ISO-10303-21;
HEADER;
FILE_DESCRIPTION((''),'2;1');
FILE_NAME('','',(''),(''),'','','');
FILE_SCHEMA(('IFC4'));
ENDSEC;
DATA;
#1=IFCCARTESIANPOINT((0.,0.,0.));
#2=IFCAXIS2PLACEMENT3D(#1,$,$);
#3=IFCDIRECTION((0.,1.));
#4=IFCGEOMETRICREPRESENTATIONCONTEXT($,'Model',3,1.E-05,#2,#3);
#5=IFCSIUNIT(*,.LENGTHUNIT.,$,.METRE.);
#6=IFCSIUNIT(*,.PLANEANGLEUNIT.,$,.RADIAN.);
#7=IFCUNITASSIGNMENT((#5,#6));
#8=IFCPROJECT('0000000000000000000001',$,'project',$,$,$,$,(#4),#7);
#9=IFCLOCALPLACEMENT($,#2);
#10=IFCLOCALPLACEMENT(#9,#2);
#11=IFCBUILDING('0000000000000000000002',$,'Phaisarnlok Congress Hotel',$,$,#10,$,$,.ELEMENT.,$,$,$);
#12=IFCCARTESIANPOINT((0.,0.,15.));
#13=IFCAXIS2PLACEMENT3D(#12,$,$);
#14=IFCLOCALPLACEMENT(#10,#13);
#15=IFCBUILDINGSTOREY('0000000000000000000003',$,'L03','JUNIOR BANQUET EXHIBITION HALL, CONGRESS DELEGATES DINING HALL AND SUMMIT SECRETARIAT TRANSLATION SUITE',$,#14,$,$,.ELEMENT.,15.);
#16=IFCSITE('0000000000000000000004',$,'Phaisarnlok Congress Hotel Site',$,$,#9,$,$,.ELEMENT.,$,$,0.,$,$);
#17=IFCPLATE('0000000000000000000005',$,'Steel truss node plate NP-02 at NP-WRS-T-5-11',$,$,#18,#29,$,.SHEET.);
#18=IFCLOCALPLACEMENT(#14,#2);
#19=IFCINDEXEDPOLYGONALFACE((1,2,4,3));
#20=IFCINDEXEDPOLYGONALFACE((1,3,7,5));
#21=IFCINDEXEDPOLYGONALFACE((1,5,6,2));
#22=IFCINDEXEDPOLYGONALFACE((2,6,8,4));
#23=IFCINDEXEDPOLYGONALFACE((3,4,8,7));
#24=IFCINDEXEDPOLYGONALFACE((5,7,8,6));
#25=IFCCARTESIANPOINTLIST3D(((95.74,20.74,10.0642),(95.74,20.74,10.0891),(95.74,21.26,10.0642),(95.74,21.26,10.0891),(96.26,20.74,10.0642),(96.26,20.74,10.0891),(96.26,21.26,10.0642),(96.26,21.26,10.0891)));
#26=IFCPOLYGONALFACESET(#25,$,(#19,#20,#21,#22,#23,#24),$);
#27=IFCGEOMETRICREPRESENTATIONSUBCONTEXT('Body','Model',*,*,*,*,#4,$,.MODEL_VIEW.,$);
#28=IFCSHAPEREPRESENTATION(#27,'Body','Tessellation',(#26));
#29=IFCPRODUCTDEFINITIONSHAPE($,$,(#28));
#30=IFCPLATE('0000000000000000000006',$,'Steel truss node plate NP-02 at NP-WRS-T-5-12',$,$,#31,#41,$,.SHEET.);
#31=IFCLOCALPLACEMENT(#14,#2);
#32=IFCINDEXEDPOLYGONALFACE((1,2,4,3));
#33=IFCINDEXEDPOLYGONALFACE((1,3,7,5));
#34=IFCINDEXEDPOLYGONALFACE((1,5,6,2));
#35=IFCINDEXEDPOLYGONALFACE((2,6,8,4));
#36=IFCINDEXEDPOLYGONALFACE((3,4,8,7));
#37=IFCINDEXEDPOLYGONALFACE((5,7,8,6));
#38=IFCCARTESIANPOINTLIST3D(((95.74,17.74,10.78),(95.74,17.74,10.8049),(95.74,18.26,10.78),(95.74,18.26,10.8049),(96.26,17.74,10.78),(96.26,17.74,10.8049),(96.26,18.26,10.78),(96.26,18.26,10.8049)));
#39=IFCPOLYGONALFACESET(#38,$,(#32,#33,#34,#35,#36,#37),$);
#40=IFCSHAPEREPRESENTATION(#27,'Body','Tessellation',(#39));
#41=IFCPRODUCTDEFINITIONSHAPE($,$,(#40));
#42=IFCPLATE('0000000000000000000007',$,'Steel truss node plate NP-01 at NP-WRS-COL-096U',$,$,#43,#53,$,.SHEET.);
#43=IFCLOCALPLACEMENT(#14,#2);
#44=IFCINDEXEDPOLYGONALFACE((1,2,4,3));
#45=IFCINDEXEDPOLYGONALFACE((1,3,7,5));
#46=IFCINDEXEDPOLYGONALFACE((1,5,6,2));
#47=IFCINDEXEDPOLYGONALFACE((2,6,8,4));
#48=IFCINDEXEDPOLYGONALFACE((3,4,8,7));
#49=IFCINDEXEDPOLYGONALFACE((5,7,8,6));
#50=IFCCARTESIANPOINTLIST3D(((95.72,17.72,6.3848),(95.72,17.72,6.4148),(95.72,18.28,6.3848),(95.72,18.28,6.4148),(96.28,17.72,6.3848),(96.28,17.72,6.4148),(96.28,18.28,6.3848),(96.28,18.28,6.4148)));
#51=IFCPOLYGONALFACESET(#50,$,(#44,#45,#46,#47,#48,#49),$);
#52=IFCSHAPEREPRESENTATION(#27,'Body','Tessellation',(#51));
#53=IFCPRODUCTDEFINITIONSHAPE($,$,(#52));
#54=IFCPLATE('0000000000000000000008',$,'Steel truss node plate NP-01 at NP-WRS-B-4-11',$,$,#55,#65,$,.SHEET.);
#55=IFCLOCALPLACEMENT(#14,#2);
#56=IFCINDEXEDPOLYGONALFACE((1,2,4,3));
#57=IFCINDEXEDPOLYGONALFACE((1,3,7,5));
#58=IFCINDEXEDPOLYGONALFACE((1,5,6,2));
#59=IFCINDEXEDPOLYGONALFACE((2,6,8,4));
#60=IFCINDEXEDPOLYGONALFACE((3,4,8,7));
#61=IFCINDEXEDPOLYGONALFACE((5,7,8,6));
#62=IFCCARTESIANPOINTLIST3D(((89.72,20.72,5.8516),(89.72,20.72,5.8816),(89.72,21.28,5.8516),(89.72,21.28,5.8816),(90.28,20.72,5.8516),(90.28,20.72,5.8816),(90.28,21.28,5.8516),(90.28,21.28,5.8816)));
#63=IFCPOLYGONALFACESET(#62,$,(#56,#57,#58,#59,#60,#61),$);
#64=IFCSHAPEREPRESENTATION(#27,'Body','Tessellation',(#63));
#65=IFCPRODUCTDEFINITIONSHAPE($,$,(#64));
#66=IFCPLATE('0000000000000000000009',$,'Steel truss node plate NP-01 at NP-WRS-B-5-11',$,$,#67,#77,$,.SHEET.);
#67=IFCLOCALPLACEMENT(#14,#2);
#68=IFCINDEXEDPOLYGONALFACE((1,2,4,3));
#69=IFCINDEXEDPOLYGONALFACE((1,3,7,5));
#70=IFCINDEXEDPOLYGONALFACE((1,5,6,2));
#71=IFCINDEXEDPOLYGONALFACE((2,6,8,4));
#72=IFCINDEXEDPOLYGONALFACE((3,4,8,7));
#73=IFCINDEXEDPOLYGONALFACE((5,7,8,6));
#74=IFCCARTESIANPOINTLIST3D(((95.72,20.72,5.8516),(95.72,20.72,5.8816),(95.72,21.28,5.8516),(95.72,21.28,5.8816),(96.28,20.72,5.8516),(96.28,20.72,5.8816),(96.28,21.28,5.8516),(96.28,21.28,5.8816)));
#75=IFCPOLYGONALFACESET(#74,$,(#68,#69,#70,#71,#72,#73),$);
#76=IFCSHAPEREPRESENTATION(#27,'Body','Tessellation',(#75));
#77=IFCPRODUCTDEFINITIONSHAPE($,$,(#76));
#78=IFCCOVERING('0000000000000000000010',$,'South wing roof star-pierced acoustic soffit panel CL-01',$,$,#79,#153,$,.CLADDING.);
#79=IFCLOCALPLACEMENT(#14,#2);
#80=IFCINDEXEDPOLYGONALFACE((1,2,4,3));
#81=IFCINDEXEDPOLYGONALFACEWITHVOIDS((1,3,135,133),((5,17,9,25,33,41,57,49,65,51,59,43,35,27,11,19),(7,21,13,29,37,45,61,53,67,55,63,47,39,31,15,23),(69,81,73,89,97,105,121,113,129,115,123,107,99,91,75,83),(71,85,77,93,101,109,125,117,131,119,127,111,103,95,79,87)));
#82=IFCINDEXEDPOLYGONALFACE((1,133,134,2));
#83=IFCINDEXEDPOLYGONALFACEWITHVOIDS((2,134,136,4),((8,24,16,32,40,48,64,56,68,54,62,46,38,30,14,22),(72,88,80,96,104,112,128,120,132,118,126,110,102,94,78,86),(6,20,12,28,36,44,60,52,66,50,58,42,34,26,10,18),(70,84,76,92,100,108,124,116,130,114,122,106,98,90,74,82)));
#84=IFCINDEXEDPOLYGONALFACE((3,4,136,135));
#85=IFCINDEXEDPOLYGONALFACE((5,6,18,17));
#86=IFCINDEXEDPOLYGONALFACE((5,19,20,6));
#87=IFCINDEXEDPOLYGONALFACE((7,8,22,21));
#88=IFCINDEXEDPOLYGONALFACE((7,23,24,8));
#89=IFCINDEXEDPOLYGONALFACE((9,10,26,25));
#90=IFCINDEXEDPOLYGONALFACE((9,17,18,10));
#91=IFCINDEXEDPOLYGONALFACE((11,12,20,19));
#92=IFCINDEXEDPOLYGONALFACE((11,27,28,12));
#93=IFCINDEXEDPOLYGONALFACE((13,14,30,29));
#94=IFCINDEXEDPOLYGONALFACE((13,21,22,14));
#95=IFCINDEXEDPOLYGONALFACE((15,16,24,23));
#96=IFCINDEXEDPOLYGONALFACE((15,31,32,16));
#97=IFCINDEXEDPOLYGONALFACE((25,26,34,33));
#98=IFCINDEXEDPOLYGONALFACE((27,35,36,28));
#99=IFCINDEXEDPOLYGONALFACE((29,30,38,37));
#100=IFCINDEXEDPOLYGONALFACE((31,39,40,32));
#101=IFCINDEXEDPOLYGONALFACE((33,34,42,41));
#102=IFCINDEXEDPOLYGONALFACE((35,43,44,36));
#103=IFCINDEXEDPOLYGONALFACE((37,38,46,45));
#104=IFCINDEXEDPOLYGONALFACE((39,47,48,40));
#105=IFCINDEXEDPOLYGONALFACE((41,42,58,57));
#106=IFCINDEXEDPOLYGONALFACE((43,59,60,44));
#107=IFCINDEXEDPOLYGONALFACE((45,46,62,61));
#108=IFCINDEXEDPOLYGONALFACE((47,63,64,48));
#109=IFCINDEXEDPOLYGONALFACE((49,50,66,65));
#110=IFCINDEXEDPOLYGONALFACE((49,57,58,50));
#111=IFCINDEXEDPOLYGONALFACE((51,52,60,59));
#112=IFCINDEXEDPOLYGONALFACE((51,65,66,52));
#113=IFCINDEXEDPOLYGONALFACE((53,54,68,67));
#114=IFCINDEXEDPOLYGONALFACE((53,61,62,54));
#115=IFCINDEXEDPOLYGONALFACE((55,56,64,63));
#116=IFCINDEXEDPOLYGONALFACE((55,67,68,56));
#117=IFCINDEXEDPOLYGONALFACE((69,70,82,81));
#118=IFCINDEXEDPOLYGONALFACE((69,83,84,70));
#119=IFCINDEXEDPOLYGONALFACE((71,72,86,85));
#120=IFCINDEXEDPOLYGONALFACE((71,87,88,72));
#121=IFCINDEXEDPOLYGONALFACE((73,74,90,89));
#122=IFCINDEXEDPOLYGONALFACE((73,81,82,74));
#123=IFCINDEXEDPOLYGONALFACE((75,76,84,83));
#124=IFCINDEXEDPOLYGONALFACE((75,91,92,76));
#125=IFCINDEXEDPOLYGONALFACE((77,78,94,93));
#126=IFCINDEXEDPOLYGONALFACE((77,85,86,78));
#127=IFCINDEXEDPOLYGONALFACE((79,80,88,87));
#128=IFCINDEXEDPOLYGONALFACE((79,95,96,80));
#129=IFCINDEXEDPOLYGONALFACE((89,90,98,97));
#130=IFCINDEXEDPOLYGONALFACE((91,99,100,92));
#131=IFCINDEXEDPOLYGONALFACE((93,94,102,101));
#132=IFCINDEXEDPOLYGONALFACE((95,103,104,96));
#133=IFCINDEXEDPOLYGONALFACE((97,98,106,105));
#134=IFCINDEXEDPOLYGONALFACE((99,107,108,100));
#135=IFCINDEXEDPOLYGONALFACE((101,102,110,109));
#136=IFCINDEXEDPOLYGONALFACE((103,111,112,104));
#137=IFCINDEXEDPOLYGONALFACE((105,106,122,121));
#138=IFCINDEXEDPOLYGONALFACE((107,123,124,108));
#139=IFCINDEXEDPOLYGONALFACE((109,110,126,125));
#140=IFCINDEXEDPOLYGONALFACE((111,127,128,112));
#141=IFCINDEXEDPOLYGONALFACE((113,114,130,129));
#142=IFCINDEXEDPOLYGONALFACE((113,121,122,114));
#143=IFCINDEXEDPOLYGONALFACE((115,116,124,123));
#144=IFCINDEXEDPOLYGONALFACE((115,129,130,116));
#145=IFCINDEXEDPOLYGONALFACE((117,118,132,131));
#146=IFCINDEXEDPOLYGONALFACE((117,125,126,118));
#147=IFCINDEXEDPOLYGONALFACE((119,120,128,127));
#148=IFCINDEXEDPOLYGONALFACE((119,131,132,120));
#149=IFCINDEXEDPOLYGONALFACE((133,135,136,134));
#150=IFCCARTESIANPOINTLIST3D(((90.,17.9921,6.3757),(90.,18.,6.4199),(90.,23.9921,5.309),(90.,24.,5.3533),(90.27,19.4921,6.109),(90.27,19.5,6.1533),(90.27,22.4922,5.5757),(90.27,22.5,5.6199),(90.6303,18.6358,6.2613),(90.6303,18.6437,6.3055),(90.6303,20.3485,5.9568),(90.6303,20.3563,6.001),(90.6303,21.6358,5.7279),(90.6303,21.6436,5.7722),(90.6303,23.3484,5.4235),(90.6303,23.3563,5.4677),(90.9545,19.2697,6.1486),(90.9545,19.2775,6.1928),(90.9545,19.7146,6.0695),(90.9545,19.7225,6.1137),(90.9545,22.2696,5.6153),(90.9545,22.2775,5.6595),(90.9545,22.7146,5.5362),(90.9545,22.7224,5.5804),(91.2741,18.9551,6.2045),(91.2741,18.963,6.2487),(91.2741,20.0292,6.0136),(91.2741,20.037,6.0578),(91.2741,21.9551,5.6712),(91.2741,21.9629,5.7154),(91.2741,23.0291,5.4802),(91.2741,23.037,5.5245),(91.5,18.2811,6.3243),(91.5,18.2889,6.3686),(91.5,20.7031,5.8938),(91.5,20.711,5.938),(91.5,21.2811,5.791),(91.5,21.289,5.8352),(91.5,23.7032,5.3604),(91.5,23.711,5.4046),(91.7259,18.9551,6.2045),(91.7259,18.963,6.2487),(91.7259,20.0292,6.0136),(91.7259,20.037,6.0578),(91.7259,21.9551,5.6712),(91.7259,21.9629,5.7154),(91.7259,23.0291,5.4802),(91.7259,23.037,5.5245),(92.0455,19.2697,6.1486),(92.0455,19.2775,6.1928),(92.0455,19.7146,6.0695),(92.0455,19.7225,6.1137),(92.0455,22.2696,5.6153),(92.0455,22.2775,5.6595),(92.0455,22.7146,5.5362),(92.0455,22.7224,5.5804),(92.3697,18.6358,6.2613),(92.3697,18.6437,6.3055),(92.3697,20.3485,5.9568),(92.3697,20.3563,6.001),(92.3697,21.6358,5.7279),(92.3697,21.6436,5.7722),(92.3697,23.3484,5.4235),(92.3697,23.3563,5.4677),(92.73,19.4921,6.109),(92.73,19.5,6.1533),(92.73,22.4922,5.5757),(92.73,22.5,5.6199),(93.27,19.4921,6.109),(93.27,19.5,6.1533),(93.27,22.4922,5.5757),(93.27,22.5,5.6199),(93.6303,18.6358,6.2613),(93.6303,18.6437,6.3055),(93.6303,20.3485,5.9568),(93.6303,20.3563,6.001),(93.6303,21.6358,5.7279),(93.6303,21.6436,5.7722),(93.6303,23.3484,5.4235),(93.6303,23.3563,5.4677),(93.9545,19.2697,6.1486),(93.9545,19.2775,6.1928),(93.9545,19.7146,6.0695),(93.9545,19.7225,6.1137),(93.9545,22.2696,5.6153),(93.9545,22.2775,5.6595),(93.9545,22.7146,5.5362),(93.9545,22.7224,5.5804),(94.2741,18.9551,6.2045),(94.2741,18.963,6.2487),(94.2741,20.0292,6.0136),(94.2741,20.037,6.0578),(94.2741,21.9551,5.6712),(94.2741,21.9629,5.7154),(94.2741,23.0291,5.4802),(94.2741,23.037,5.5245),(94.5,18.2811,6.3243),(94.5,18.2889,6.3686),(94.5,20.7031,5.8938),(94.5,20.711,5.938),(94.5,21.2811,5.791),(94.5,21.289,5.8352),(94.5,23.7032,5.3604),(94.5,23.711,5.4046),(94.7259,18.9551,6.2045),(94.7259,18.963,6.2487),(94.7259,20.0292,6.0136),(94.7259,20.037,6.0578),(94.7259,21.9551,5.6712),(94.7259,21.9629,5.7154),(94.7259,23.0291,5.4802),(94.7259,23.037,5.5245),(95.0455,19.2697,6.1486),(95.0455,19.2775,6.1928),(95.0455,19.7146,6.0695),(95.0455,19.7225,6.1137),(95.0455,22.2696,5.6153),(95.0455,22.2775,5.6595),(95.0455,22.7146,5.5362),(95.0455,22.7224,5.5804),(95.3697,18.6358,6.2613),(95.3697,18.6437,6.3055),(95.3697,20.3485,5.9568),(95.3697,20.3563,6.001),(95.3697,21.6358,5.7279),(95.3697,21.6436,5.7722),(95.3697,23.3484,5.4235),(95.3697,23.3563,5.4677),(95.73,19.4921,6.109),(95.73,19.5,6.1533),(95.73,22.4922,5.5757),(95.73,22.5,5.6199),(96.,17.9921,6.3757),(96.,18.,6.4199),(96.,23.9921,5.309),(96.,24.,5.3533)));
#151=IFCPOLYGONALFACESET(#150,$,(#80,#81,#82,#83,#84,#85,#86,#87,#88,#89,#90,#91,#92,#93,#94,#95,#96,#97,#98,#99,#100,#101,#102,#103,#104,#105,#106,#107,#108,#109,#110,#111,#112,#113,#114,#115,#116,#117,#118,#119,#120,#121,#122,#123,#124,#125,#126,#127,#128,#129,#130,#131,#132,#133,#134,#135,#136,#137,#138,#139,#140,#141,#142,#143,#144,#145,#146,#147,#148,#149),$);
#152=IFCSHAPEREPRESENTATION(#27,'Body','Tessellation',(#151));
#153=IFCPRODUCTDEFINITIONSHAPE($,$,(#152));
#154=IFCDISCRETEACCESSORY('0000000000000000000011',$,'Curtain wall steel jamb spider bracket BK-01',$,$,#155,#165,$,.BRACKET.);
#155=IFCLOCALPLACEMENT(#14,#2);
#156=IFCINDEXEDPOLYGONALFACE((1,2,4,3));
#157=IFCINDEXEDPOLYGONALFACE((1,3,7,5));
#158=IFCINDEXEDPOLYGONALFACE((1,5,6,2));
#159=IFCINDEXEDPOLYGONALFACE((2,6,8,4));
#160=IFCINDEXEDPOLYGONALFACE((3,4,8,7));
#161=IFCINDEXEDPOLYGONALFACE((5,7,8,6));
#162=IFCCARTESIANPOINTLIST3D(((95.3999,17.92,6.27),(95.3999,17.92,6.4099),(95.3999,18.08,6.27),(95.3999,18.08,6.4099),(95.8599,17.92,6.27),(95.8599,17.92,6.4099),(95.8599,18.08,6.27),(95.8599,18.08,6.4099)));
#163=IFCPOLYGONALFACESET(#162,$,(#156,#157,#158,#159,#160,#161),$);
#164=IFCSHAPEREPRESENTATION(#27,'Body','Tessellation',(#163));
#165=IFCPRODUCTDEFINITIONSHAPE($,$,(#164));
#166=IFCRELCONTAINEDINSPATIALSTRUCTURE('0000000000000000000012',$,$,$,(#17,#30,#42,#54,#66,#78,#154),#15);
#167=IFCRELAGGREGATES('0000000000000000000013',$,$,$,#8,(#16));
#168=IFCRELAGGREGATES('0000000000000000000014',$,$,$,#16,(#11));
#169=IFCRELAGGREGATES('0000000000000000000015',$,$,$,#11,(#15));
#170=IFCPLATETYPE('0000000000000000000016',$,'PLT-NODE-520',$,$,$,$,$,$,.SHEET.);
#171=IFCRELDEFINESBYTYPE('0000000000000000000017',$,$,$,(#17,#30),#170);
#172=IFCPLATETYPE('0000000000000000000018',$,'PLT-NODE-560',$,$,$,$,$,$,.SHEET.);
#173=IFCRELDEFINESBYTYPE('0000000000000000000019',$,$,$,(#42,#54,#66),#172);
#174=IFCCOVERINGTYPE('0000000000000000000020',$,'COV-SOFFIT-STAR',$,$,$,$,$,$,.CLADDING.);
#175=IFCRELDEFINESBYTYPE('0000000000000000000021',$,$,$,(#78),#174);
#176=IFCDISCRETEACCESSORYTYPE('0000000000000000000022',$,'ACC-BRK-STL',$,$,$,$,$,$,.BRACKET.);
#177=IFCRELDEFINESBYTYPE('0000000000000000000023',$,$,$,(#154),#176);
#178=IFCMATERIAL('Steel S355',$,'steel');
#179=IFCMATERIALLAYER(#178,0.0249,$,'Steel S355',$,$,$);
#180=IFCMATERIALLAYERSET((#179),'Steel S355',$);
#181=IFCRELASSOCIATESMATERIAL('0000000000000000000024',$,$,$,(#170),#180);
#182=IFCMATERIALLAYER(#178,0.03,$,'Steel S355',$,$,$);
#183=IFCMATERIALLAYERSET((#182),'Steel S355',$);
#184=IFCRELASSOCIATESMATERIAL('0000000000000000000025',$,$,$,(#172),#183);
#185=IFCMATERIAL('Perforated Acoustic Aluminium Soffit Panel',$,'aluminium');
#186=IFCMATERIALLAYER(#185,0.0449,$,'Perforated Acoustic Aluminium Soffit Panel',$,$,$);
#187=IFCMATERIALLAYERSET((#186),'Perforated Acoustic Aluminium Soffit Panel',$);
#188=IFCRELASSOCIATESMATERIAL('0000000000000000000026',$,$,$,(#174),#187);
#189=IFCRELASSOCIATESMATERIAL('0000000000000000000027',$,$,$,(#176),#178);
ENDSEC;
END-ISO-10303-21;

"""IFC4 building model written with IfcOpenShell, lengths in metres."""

from ifc_helpers import new_model, si_unit, direction, frame, origin, origin_2d, place, context, subcontext, project, spatial, polyline, rectangle, outline, extrude, material, layer, layer_set, type_object, element, save


model = new_model("IFC4")

# Units and contexts
model_context = context("Model", 3, precision=1e-05, world=origin(), true_north=direction((0.0, 1.0)))
body_context = subcontext(model_context, "Body", "Model", "MODEL_VIEW")
ifc_project = project(units=[si_unit("LENGTHUNIT", "METRE"), si_unit("PLANEANGLEUNIT", "RADIAN")], contexts=[model_context])

# Site, building, storey
site_placement = place(None, origin())
site = spatial("IfcSite", under=ifc_project, at=site_placement, Name="Phaisarnlok Congress Hotel Site", CompositionType="ELEMENT", RefElevation=0.0)
building_placement = place(site_placement, origin())
building = spatial("IfcBuilding", under=site, at=building_placement, Name="Phaisarnlok Congress Hotel", CompositionType="ELEMENT")
storey_placement = place(building_placement, frame((0.0, 0.0, 15.0)))
storey = spatial("IfcBuildingStorey", under=building, at=storey_placement, Name="L03", Description="JUNIOR BANQUET EXHIBITION HALL, CONGRESS DELEGATES DINING HALL AND SUMMIT SECRETARIAT TRANSLATION SUITE", CompositionType="ELEMENT", Elevation=15.0)

# Shared definitions
ifc_material_1 = material(Name="Steel S355", Category="steel")

# Plates
ifc_layer_1 = layer(ifc_material_1, 0.0249, Name="Steel S355")
ifc_layer_set_1 = layer_set([ifc_layer_1], Name="Steel S355")
plate_type_1 = type_object("IfcPlateType", Name="PLT-NODE-520", PredefinedType="SHEET", material=ifc_layer_set_1)
for number, where, z_axis, x_axis, name in (
    (1, (96.0, 21.0, 10.0642), (0.0, 0.0, 1.0), (1.0, 0.0, 0.0), "Steel truss node plate NP-02 at NP-WRS-T-5-11"),
    (2, (96.0, 18.0, 10.78), (0.0, 0.0, 1.0), (1.0, 0.0, 0.0), "Steel truss node plate NP-02 at NP-WRS-T-5-12"),
):
    element("IfcPlate", number, at=place(storey_placement, frame(where, z_axis=z_axis, x_axis=x_axis)), inside=storey, type_object=plate_type_1, Name=name, PredefinedType="SHEET", context=body_context, shape_type="SweptSolid", body=[
        extrude(rectangle(XDim=0.52, YDim=0.52, at=origin_2d()), origin(), (0.0, 0.0, 1.0), 0.0249),
    ])
ifc_layer_2 = layer(ifc_material_1, 0.03, Name="Steel S355")
ifc_layer_set_2 = layer_set([ifc_layer_2], Name="Steel S355")
plate_type_2 = type_object("IfcPlateType", Name="PLT-NODE-560", PredefinedType="SHEET", material=ifc_layer_set_2)
for number, where, z_axis, x_axis, name in (
    (3, (96.0, 18.0, 6.3848), (0.0, 0.0, 1.0), (1.0, 0.0, 0.0), "Steel truss node plate NP-01 at NP-WRS-COL-096U"),
    (4, (90.0, 21.0, 5.8516), (0.0, 0.0, 1.0), (1.0, 0.0, 0.0), "Steel truss node plate NP-01 at NP-WRS-B-4-11"),
    (5, (96.0, 21.0, 5.8516), (0.0, 0.0, 1.0), (1.0, 0.0, 0.0), "Steel truss node plate NP-01 at NP-WRS-B-5-11"),
):
    element("IfcPlate", number, at=place(storey_placement, frame(where, z_axis=z_axis, x_axis=x_axis)), inside=storey, type_object=plate_type_2, Name=name, PredefinedType="SHEET", context=body_context, shape_type="SweptSolid", body=[
        extrude(rectangle(XDim=0.5601, YDim=0.5601, at=origin_2d()), origin(), (0.0, 0.0, 1.0), 0.03),
    ])

# Covering
ifc_material_2 = material(Name="Perforated Acoustic Aluminium Soffit Panel", Category="aluminium")
ifc_layer_3 = layer(ifc_material_2, 0.0449, Name="Perforated Acoustic Aluminium Soffit Panel")
ifc_layer_set_3 = layer_set([ifc_layer_3], Name="Perforated Acoustic Aluminium Soffit Panel")
covering_type = type_object("IfcCoveringType", Name="COV-SOFFIT-STAR", PredefinedType="CLADDING", material=ifc_layer_set_3)
covering_placement = place(storey_placement, frame((90.0, 24.0, 5.3533), z_axis=(0.0, -0.175031, -0.984563), x_axis=(1.0, 0.0, 0.0)))
element("IfcCovering", 6, at=covering_placement, inside=storey, type_object=covering_type, Name="South wing roof star-pierced acoustic soffit panel CL-01", PredefinedType="CLADDING", context=body_context, shape_type="SweptSolid", body=[
    extrude(outline(polyline([(0.0, 0.0), (6.0, 0.0), (6.0, 6.0941), (0.0, 6.0941), (0.0, 0.0)]), holes=[polyline([(2.0455, 1.2976), (2.3697, 0.6538), (1.7259, 0.9781), (1.5, 0.2935), (1.2741, 0.9781), (0.6303, 0.6538), (0.9545, 1.2976), (0.27, 1.5235), (0.9545, 1.7495), (0.6303, 2.3933), (1.2741, 2.069), (1.5, 2.7535), (1.7259, 2.069), (2.3697, 2.3933), (2.0455, 1.7495), (2.73, 1.5235), (2.0455, 1.2976)]), polyline([(2.0455, 4.3446), (2.3697, 3.7008), (1.7259, 4.0251), (1.5, 3.3406), (1.2741, 4.0251), (0.6303, 3.7008), (0.9545, 4.3446), (0.27, 4.5706), (0.9545, 4.7965), (0.6303, 5.4403), (1.2741, 5.116), (1.5, 5.8006), (1.7259, 5.116), (2.3697, 5.4403), (2.0455, 4.7965), (2.73, 4.5706), (2.0455, 4.3446)]), polyline([(5.0455, 1.2976), (5.3697, 0.6538), (4.7259, 0.9781), (4.5, 0.2935), (4.2741, 0.9781), (3.6303, 0.6538), (3.9545, 1.2976), (3.27, 1.5235), (3.9545, 1.7495), (3.6303, 2.3933), (4.2741, 2.069), (4.5, 2.7535), (4.7259, 2.069), (5.3697, 2.3933), (5.0455, 1.7495), (5.73, 1.5235), (5.0455, 1.2976)]), polyline([(5.0455, 4.3446), (5.3697, 3.7008), (4.7259, 4.0251), (4.5, 3.3406), (4.2741, 4.0251), (3.6303, 3.7008), (3.9545, 4.3446), (3.27, 4.5706), (3.9545, 4.7965), (3.6303, 5.4403), (4.2741, 5.116), (4.5, 5.8006), (4.7259, 5.116), (5.3697, 5.4403), (5.0455, 4.7965), (5.73, 4.5706), (5.0455, 4.3446)])]), origin(), (0.0, 0.0, 1.0), 0.0449),
])

# Discrete accessory
discrete_accessory_type = type_object("IfcDiscreteAccessoryType", Name="ACC-BRK-STL", PredefinedType="BRACKET", material=ifc_material_1)
discrete_accessory_placement = place(storey_placement, frame((95.6299, 18.0, 6.27), z_axis=(0.0, 0.0, 1.0), x_axis=(1.0, 0.0, 0.0)))
element("IfcDiscreteAccessory", 7, at=discrete_accessory_placement, inside=storey, type_object=discrete_accessory_type, Name="Curtain wall steel jamb spider bracket BK-01", PredefinedType="BRACKET", context=body_context, shape_type="SweptSolid", body=[
    extrude(rectangle(XDim=0.46, YDim=0.1599, at=origin_2d()), origin(), (0.0, 0.0, 1.0), 0.1399),
])

save(model, "model.ifc")
